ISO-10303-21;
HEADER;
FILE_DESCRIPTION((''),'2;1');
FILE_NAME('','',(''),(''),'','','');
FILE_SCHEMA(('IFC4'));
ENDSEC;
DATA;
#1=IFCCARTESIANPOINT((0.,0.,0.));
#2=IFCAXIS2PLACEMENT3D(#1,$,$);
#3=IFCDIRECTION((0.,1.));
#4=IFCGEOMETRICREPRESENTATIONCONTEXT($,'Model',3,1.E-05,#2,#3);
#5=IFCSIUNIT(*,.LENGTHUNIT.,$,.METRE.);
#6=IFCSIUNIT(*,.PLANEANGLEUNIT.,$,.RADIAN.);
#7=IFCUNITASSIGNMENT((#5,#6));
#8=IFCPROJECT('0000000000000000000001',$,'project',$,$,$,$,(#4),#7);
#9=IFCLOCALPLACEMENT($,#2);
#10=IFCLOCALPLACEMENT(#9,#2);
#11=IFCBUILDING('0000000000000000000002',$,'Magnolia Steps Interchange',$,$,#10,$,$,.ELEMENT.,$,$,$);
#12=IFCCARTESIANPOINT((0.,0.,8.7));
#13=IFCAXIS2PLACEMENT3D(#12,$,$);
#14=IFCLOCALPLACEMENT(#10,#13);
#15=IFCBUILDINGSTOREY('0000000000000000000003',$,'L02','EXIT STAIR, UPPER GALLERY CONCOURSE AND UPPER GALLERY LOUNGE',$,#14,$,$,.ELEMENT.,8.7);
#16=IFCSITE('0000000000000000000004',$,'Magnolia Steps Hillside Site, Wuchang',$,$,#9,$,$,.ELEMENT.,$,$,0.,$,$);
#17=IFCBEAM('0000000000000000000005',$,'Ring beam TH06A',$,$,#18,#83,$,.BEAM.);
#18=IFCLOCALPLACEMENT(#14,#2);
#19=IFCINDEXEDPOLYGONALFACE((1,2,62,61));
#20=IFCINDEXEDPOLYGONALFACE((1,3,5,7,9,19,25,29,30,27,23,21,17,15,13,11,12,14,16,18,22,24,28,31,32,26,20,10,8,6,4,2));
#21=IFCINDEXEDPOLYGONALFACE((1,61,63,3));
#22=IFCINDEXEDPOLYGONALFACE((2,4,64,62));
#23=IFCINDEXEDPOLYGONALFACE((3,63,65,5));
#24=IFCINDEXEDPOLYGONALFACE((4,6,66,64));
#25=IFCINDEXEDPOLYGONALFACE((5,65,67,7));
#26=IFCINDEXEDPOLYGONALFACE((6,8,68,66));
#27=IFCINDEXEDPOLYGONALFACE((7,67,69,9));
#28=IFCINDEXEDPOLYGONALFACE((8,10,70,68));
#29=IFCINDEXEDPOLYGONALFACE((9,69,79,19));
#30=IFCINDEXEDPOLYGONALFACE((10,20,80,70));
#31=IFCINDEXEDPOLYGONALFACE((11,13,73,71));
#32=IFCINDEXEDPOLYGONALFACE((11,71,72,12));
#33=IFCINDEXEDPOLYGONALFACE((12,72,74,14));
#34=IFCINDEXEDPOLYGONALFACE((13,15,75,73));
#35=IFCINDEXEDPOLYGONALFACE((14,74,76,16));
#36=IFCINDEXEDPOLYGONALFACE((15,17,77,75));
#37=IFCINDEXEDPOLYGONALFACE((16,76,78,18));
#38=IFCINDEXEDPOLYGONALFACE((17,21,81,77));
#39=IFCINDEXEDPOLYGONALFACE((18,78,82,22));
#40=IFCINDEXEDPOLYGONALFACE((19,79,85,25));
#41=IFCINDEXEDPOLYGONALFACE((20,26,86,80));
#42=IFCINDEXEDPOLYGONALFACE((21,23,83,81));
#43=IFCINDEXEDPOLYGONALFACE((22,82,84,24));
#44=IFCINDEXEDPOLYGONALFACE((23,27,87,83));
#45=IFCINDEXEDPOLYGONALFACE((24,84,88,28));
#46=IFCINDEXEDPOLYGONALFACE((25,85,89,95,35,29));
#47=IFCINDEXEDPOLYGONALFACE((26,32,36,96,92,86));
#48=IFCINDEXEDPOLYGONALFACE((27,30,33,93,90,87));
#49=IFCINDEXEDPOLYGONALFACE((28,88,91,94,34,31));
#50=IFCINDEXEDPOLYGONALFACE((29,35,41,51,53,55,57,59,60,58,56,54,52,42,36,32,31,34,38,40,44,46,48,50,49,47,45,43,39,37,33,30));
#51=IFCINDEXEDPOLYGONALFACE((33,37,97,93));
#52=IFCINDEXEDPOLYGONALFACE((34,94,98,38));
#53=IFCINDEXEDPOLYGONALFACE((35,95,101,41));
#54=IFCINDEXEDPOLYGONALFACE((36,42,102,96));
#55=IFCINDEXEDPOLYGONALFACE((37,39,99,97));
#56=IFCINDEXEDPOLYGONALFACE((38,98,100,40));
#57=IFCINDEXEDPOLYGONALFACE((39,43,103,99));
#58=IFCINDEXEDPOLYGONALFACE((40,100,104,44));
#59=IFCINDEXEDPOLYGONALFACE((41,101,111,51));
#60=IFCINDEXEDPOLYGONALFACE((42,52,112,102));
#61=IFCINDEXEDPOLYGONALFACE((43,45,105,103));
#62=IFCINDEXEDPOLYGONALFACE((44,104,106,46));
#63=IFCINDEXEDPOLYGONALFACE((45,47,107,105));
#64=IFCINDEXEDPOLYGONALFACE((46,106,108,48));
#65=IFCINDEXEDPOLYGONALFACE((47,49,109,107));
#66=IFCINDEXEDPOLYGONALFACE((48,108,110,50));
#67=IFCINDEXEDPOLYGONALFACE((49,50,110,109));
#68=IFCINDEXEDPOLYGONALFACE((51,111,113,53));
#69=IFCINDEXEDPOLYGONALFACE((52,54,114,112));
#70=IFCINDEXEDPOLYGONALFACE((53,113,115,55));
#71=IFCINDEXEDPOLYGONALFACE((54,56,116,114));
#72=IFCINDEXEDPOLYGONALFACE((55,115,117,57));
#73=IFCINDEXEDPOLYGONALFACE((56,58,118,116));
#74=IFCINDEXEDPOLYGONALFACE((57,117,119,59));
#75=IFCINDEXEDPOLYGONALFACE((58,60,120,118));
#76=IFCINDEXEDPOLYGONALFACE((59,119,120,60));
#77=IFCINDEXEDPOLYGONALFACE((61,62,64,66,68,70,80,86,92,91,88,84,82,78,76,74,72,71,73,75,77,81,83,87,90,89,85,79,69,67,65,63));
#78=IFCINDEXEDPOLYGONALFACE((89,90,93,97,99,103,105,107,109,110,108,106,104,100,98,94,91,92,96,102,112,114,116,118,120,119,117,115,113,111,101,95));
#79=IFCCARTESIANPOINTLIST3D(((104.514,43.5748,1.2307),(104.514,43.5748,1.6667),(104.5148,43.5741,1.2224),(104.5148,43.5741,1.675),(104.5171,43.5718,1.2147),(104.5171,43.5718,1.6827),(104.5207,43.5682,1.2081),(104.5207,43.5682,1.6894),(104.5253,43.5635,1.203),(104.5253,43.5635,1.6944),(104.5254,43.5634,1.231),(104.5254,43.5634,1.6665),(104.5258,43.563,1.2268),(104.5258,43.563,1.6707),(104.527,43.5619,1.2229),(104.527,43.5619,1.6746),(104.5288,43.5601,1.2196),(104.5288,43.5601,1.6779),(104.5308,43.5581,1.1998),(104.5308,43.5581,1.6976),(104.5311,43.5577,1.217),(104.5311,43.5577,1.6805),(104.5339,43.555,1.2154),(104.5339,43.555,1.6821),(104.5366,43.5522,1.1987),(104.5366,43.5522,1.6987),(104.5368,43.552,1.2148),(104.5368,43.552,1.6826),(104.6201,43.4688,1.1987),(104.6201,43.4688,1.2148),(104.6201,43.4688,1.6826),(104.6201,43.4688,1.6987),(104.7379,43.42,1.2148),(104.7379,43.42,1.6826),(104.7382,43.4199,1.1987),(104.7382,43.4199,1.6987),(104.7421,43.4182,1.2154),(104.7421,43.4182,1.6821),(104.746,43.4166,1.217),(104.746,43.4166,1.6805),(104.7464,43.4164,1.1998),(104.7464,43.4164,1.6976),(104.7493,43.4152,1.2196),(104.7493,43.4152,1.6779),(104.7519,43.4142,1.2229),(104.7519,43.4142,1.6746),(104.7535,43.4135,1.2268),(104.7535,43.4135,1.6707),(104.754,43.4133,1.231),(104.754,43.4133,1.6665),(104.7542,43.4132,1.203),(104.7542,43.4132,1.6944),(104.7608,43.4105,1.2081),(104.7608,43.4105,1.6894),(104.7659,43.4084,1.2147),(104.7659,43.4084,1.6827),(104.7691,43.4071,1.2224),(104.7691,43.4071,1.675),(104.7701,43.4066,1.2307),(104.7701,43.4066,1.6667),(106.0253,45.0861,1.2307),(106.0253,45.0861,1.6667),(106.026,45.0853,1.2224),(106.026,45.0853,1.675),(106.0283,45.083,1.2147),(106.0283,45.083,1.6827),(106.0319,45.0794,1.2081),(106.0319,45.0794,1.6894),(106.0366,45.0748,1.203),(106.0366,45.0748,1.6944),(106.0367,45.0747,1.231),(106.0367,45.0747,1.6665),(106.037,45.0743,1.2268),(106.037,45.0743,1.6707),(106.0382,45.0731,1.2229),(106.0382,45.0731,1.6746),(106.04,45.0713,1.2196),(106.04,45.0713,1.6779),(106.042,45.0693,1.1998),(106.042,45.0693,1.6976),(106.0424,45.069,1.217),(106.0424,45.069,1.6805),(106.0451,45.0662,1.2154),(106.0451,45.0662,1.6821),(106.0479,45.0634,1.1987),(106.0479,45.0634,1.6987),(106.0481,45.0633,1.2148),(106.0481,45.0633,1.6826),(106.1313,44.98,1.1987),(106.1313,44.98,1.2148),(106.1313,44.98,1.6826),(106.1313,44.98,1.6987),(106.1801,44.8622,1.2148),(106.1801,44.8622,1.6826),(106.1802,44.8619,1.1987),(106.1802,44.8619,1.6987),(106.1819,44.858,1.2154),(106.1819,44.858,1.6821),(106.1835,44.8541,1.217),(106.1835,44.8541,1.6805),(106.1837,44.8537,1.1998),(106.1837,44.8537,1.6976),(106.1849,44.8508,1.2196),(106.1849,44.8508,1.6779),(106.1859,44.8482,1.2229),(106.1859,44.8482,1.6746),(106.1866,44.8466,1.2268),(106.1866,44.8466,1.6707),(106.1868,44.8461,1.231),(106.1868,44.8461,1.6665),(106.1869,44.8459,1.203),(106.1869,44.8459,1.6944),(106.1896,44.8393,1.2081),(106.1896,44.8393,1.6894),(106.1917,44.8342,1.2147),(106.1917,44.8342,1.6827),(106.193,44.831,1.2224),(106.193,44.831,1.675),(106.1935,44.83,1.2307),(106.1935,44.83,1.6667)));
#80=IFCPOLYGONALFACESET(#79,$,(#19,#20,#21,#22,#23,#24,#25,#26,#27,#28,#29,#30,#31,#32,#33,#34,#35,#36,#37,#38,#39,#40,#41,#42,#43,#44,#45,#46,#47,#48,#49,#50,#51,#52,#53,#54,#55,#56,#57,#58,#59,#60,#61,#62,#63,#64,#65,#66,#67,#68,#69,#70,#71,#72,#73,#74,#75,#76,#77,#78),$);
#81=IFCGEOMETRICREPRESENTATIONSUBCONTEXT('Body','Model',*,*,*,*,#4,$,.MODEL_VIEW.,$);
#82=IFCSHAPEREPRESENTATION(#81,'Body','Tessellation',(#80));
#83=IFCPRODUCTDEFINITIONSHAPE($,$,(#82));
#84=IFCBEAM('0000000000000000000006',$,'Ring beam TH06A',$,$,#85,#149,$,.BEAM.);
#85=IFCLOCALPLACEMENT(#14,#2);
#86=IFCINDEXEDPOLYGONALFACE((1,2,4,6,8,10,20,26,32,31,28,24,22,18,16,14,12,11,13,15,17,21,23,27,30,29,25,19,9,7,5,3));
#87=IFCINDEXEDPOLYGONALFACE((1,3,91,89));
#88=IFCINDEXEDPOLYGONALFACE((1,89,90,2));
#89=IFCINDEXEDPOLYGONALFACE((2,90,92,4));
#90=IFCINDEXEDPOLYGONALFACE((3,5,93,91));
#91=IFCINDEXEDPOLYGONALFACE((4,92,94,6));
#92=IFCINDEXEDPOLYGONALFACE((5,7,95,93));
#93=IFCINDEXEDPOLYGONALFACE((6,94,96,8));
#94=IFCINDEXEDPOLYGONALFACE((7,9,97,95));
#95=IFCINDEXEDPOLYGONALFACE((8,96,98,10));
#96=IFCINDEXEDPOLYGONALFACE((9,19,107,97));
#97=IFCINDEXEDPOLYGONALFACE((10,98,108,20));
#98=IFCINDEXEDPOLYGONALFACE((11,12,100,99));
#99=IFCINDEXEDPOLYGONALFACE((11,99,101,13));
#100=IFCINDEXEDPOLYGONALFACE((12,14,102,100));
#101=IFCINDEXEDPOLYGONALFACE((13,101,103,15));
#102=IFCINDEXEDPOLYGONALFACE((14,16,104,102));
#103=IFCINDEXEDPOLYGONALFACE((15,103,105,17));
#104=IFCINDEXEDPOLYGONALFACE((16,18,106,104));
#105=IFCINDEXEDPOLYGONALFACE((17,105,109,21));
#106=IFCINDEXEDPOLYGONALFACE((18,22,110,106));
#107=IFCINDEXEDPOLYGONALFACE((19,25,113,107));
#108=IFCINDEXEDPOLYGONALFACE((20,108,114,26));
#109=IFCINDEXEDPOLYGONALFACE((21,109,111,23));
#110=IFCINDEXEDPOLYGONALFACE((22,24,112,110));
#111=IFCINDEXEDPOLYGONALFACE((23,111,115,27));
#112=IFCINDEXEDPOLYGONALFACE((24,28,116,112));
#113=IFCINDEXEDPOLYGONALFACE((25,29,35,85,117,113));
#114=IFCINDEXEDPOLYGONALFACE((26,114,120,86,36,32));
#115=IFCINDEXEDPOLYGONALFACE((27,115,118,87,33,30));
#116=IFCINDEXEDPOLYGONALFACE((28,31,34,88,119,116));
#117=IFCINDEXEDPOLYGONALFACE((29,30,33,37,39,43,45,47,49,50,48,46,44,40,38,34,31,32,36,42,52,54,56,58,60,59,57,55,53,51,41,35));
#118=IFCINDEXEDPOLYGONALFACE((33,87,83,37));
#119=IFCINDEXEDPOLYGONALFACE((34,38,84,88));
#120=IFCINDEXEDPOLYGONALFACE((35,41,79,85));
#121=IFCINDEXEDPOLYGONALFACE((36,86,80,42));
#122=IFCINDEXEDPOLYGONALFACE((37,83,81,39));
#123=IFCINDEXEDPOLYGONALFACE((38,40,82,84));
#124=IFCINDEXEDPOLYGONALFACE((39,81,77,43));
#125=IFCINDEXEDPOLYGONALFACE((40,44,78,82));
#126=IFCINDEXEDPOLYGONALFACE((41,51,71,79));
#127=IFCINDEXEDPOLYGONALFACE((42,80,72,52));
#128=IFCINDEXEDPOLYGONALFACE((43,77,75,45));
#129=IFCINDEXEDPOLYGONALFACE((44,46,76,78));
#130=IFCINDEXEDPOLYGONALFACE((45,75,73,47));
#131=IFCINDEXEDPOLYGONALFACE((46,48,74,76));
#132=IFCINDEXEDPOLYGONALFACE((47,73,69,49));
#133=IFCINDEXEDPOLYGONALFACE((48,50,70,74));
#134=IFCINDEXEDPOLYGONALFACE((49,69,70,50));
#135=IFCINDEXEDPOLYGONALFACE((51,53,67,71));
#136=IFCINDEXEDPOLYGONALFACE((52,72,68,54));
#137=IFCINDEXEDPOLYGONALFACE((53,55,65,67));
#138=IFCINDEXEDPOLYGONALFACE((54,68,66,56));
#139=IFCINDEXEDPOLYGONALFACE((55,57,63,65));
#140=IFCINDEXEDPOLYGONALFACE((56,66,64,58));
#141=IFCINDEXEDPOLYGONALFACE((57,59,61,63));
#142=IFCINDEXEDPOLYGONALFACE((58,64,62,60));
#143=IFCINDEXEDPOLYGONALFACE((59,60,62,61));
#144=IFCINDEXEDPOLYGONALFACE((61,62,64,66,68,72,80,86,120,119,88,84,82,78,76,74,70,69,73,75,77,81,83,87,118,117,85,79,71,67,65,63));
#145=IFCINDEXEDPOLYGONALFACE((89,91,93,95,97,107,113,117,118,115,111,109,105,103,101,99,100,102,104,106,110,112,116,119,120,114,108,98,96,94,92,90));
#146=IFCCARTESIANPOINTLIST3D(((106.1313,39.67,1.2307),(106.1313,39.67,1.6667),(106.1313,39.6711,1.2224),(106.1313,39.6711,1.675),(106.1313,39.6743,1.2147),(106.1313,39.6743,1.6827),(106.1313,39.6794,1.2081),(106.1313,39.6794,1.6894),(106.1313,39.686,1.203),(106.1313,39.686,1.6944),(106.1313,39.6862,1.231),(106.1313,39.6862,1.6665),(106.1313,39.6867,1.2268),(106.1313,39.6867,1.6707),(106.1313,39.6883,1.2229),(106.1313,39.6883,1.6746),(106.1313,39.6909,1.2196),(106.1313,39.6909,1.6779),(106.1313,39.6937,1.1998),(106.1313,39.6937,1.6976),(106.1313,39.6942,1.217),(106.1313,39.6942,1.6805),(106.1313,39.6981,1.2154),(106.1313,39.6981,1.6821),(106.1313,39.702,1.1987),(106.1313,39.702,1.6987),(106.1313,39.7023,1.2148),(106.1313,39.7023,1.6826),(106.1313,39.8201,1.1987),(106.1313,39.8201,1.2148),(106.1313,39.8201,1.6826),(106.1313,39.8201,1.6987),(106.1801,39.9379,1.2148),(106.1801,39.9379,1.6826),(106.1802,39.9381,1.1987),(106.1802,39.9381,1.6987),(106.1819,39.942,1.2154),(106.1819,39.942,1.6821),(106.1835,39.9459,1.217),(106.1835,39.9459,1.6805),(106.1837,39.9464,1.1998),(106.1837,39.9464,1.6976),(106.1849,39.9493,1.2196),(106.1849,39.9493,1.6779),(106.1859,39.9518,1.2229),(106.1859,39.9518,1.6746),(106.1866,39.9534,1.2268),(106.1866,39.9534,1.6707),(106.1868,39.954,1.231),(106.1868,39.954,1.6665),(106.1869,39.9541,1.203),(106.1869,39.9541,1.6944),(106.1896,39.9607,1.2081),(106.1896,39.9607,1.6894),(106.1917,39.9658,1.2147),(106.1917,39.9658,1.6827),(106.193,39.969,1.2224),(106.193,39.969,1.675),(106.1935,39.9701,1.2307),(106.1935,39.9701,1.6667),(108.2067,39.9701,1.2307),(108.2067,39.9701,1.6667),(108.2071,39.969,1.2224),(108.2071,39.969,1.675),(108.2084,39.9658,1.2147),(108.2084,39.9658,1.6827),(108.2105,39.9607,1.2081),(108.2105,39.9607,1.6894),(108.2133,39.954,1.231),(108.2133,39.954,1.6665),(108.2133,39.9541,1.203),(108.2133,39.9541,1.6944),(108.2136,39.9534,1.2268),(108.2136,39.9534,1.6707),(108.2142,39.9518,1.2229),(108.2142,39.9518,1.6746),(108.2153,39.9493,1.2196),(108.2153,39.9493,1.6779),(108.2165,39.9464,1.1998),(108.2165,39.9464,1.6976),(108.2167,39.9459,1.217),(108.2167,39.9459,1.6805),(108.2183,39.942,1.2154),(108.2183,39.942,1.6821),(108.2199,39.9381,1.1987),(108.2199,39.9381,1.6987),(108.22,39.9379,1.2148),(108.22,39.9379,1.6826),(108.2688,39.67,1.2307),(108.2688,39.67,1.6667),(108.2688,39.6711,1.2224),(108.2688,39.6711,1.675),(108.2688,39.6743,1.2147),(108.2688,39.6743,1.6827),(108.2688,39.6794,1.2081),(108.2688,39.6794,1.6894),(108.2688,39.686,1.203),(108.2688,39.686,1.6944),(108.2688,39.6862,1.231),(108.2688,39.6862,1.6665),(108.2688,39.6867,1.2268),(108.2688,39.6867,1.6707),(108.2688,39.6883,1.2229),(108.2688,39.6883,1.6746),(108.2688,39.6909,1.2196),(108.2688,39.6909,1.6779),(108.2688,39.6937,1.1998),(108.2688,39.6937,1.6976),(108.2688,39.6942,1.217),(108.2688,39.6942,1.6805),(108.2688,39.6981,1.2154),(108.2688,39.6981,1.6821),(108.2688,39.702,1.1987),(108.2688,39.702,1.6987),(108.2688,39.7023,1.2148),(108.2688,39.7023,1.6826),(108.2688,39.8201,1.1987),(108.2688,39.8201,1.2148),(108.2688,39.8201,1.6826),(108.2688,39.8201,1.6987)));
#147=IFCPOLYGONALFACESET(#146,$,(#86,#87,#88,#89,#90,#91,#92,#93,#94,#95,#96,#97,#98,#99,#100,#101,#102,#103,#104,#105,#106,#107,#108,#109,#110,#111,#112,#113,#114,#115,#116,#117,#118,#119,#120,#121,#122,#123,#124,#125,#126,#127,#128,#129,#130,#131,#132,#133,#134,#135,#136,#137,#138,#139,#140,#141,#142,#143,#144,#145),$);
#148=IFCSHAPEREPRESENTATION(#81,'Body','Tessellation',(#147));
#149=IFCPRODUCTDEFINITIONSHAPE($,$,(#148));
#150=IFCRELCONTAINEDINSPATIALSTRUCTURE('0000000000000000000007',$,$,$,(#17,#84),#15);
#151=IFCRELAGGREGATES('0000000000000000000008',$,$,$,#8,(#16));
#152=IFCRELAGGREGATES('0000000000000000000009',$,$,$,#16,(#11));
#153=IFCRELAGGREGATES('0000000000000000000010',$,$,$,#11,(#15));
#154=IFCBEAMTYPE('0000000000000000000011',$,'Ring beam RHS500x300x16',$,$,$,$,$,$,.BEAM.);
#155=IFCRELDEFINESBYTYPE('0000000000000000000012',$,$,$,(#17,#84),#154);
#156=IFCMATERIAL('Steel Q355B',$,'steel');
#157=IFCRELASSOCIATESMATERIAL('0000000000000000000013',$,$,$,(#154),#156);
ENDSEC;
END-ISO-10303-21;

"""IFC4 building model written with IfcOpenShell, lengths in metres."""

from ifc_helpers import new_model, si_unit, direction, frame, origin, origin_2d, place, context, subcontext, project, spatial, hollow_rectangle, extrude, clip, halfspace, material, material_profile, profile_set, type_object, element, save


model = new_model("IFC4")

# Units and contexts
model_context = context("Model", 3, precision=1e-05, world=origin(), true_north=direction((0.0, 1.0)))
body_context = subcontext(model_context, "Body", "Model", "MODEL_VIEW")
ifc_project = project(units=[si_unit("LENGTHUNIT", "METRE"), si_unit("PLANEANGLEUNIT", "RADIAN")], contexts=[model_context])

# Site, building, storey
site_placement = place(None, origin())
site = spatial("IfcSite", under=ifc_project, at=site_placement, Name="Magnolia Steps Hillside Site, Wuchang", CompositionType="ELEMENT", RefElevation=0.0)
building_placement = place(site_placement, origin())
building = spatial("IfcBuilding", under=site, at=building_placement, Name="Magnolia Steps Interchange", CompositionType="ELEMENT")
storey_placement = place(building_placement, frame((0.0, 0.0, 8.7)))
storey = spatial("IfcBuildingStorey", under=building, at=storey_placement, Name="L02", Description="EXIT STAIR, UPPER GALLERY CONCOURSE AND UPPER GALLERY LOUNGE", CompositionType="ELEMENT", Elevation=8.7)

# Beams
ifc_material_1 = material(Name="Steel Q355B", Category="steel")
ifc_material_profile_1 = material_profile(ifc_material_1, hollow_rectangle(XDim=0.3, YDim=0.5, WallThickness=0.0161, InnerFilletRadius=0.0161, OuterFilletRadius=0.032, at=origin_2d()), Name="RHS500x300x16")
ifc_profile_set_1 = profile_set([ifc_material_profile_1], Name="Steel Q355B")
beam_type_1 = type_object("IfcBeamType", Name="Ring beam RHS500x300x16", PredefinedType="BEAM", material=ifc_profile_set_1)
beam_1_placement = place(storey_placement, frame((106.1313, 44.98, 1.4487), z_axis=(-0.707107, -0.707107, 0.0), x_axis=(0.707107, -0.707107, 0.0)))
element("IfcBeam", 1, at=beam_1_placement, inside=storey, type_object=beam_type_1, Name="Ring beam TH06A", PredefinedType="BEAM", context=body_context, shape_type="Clipping", body=[
    clip(clip(extrude(hollow_rectangle(XDim=0.3, YDim=0.5, WallThickness=0.0161, InnerFilletRadius=0.0161, OuterFilletRadius=0.032, at=origin_2d()), origin(), (0.0, 0.0, 1.0), 2.1372), halfspace(frame((0.0, 0.0, 0.0), z_axis=(0.382683, 0.0, -0.92388), x_axis=(0.92388, 0.0, 0.382683)), False)), halfspace(frame((0.0, 0.0, 2.1372), z_axis=(0.382683, 0.0, 0.92388), x_axis=(0.92388, 0.0, -0.382683)), False)),
])
beam_2_placement = place(storey_placement, frame((106.1313, 39.8201, 1.4487), z_axis=(1.0, 0.0, 0.0), x_axis=(0.0, 1.0, 0.0)))
element("IfcBeam", 2, at=beam_2_placement, inside=storey, type_object=beam_type_1, Name="Ring beam TH06A", PredefinedType="BEAM", context=body_context, shape_type="Clipping", body=[
    clip(clip(extrude(hollow_rectangle(XDim=0.3, YDim=0.5, WallThickness=0.0161, InnerFilletRadius=0.0161, OuterFilletRadius=0.032, at=origin_2d()), origin(), (0.0, 0.0, 1.0), 2.1375), halfspace(frame((0.0, 0.0, 0.0), z_axis=(0.382683, 0.0, -0.92388), x_axis=(0.92388, 0.0, 0.382683)), False)), halfspace(frame((0.0, 0.0, 2.1375), z_axis=(0.382683, 0.0, 0.92388), x_axis=(0.92388, 0.0, -0.382683)), False)),
])

save(model, "model.ifc")
